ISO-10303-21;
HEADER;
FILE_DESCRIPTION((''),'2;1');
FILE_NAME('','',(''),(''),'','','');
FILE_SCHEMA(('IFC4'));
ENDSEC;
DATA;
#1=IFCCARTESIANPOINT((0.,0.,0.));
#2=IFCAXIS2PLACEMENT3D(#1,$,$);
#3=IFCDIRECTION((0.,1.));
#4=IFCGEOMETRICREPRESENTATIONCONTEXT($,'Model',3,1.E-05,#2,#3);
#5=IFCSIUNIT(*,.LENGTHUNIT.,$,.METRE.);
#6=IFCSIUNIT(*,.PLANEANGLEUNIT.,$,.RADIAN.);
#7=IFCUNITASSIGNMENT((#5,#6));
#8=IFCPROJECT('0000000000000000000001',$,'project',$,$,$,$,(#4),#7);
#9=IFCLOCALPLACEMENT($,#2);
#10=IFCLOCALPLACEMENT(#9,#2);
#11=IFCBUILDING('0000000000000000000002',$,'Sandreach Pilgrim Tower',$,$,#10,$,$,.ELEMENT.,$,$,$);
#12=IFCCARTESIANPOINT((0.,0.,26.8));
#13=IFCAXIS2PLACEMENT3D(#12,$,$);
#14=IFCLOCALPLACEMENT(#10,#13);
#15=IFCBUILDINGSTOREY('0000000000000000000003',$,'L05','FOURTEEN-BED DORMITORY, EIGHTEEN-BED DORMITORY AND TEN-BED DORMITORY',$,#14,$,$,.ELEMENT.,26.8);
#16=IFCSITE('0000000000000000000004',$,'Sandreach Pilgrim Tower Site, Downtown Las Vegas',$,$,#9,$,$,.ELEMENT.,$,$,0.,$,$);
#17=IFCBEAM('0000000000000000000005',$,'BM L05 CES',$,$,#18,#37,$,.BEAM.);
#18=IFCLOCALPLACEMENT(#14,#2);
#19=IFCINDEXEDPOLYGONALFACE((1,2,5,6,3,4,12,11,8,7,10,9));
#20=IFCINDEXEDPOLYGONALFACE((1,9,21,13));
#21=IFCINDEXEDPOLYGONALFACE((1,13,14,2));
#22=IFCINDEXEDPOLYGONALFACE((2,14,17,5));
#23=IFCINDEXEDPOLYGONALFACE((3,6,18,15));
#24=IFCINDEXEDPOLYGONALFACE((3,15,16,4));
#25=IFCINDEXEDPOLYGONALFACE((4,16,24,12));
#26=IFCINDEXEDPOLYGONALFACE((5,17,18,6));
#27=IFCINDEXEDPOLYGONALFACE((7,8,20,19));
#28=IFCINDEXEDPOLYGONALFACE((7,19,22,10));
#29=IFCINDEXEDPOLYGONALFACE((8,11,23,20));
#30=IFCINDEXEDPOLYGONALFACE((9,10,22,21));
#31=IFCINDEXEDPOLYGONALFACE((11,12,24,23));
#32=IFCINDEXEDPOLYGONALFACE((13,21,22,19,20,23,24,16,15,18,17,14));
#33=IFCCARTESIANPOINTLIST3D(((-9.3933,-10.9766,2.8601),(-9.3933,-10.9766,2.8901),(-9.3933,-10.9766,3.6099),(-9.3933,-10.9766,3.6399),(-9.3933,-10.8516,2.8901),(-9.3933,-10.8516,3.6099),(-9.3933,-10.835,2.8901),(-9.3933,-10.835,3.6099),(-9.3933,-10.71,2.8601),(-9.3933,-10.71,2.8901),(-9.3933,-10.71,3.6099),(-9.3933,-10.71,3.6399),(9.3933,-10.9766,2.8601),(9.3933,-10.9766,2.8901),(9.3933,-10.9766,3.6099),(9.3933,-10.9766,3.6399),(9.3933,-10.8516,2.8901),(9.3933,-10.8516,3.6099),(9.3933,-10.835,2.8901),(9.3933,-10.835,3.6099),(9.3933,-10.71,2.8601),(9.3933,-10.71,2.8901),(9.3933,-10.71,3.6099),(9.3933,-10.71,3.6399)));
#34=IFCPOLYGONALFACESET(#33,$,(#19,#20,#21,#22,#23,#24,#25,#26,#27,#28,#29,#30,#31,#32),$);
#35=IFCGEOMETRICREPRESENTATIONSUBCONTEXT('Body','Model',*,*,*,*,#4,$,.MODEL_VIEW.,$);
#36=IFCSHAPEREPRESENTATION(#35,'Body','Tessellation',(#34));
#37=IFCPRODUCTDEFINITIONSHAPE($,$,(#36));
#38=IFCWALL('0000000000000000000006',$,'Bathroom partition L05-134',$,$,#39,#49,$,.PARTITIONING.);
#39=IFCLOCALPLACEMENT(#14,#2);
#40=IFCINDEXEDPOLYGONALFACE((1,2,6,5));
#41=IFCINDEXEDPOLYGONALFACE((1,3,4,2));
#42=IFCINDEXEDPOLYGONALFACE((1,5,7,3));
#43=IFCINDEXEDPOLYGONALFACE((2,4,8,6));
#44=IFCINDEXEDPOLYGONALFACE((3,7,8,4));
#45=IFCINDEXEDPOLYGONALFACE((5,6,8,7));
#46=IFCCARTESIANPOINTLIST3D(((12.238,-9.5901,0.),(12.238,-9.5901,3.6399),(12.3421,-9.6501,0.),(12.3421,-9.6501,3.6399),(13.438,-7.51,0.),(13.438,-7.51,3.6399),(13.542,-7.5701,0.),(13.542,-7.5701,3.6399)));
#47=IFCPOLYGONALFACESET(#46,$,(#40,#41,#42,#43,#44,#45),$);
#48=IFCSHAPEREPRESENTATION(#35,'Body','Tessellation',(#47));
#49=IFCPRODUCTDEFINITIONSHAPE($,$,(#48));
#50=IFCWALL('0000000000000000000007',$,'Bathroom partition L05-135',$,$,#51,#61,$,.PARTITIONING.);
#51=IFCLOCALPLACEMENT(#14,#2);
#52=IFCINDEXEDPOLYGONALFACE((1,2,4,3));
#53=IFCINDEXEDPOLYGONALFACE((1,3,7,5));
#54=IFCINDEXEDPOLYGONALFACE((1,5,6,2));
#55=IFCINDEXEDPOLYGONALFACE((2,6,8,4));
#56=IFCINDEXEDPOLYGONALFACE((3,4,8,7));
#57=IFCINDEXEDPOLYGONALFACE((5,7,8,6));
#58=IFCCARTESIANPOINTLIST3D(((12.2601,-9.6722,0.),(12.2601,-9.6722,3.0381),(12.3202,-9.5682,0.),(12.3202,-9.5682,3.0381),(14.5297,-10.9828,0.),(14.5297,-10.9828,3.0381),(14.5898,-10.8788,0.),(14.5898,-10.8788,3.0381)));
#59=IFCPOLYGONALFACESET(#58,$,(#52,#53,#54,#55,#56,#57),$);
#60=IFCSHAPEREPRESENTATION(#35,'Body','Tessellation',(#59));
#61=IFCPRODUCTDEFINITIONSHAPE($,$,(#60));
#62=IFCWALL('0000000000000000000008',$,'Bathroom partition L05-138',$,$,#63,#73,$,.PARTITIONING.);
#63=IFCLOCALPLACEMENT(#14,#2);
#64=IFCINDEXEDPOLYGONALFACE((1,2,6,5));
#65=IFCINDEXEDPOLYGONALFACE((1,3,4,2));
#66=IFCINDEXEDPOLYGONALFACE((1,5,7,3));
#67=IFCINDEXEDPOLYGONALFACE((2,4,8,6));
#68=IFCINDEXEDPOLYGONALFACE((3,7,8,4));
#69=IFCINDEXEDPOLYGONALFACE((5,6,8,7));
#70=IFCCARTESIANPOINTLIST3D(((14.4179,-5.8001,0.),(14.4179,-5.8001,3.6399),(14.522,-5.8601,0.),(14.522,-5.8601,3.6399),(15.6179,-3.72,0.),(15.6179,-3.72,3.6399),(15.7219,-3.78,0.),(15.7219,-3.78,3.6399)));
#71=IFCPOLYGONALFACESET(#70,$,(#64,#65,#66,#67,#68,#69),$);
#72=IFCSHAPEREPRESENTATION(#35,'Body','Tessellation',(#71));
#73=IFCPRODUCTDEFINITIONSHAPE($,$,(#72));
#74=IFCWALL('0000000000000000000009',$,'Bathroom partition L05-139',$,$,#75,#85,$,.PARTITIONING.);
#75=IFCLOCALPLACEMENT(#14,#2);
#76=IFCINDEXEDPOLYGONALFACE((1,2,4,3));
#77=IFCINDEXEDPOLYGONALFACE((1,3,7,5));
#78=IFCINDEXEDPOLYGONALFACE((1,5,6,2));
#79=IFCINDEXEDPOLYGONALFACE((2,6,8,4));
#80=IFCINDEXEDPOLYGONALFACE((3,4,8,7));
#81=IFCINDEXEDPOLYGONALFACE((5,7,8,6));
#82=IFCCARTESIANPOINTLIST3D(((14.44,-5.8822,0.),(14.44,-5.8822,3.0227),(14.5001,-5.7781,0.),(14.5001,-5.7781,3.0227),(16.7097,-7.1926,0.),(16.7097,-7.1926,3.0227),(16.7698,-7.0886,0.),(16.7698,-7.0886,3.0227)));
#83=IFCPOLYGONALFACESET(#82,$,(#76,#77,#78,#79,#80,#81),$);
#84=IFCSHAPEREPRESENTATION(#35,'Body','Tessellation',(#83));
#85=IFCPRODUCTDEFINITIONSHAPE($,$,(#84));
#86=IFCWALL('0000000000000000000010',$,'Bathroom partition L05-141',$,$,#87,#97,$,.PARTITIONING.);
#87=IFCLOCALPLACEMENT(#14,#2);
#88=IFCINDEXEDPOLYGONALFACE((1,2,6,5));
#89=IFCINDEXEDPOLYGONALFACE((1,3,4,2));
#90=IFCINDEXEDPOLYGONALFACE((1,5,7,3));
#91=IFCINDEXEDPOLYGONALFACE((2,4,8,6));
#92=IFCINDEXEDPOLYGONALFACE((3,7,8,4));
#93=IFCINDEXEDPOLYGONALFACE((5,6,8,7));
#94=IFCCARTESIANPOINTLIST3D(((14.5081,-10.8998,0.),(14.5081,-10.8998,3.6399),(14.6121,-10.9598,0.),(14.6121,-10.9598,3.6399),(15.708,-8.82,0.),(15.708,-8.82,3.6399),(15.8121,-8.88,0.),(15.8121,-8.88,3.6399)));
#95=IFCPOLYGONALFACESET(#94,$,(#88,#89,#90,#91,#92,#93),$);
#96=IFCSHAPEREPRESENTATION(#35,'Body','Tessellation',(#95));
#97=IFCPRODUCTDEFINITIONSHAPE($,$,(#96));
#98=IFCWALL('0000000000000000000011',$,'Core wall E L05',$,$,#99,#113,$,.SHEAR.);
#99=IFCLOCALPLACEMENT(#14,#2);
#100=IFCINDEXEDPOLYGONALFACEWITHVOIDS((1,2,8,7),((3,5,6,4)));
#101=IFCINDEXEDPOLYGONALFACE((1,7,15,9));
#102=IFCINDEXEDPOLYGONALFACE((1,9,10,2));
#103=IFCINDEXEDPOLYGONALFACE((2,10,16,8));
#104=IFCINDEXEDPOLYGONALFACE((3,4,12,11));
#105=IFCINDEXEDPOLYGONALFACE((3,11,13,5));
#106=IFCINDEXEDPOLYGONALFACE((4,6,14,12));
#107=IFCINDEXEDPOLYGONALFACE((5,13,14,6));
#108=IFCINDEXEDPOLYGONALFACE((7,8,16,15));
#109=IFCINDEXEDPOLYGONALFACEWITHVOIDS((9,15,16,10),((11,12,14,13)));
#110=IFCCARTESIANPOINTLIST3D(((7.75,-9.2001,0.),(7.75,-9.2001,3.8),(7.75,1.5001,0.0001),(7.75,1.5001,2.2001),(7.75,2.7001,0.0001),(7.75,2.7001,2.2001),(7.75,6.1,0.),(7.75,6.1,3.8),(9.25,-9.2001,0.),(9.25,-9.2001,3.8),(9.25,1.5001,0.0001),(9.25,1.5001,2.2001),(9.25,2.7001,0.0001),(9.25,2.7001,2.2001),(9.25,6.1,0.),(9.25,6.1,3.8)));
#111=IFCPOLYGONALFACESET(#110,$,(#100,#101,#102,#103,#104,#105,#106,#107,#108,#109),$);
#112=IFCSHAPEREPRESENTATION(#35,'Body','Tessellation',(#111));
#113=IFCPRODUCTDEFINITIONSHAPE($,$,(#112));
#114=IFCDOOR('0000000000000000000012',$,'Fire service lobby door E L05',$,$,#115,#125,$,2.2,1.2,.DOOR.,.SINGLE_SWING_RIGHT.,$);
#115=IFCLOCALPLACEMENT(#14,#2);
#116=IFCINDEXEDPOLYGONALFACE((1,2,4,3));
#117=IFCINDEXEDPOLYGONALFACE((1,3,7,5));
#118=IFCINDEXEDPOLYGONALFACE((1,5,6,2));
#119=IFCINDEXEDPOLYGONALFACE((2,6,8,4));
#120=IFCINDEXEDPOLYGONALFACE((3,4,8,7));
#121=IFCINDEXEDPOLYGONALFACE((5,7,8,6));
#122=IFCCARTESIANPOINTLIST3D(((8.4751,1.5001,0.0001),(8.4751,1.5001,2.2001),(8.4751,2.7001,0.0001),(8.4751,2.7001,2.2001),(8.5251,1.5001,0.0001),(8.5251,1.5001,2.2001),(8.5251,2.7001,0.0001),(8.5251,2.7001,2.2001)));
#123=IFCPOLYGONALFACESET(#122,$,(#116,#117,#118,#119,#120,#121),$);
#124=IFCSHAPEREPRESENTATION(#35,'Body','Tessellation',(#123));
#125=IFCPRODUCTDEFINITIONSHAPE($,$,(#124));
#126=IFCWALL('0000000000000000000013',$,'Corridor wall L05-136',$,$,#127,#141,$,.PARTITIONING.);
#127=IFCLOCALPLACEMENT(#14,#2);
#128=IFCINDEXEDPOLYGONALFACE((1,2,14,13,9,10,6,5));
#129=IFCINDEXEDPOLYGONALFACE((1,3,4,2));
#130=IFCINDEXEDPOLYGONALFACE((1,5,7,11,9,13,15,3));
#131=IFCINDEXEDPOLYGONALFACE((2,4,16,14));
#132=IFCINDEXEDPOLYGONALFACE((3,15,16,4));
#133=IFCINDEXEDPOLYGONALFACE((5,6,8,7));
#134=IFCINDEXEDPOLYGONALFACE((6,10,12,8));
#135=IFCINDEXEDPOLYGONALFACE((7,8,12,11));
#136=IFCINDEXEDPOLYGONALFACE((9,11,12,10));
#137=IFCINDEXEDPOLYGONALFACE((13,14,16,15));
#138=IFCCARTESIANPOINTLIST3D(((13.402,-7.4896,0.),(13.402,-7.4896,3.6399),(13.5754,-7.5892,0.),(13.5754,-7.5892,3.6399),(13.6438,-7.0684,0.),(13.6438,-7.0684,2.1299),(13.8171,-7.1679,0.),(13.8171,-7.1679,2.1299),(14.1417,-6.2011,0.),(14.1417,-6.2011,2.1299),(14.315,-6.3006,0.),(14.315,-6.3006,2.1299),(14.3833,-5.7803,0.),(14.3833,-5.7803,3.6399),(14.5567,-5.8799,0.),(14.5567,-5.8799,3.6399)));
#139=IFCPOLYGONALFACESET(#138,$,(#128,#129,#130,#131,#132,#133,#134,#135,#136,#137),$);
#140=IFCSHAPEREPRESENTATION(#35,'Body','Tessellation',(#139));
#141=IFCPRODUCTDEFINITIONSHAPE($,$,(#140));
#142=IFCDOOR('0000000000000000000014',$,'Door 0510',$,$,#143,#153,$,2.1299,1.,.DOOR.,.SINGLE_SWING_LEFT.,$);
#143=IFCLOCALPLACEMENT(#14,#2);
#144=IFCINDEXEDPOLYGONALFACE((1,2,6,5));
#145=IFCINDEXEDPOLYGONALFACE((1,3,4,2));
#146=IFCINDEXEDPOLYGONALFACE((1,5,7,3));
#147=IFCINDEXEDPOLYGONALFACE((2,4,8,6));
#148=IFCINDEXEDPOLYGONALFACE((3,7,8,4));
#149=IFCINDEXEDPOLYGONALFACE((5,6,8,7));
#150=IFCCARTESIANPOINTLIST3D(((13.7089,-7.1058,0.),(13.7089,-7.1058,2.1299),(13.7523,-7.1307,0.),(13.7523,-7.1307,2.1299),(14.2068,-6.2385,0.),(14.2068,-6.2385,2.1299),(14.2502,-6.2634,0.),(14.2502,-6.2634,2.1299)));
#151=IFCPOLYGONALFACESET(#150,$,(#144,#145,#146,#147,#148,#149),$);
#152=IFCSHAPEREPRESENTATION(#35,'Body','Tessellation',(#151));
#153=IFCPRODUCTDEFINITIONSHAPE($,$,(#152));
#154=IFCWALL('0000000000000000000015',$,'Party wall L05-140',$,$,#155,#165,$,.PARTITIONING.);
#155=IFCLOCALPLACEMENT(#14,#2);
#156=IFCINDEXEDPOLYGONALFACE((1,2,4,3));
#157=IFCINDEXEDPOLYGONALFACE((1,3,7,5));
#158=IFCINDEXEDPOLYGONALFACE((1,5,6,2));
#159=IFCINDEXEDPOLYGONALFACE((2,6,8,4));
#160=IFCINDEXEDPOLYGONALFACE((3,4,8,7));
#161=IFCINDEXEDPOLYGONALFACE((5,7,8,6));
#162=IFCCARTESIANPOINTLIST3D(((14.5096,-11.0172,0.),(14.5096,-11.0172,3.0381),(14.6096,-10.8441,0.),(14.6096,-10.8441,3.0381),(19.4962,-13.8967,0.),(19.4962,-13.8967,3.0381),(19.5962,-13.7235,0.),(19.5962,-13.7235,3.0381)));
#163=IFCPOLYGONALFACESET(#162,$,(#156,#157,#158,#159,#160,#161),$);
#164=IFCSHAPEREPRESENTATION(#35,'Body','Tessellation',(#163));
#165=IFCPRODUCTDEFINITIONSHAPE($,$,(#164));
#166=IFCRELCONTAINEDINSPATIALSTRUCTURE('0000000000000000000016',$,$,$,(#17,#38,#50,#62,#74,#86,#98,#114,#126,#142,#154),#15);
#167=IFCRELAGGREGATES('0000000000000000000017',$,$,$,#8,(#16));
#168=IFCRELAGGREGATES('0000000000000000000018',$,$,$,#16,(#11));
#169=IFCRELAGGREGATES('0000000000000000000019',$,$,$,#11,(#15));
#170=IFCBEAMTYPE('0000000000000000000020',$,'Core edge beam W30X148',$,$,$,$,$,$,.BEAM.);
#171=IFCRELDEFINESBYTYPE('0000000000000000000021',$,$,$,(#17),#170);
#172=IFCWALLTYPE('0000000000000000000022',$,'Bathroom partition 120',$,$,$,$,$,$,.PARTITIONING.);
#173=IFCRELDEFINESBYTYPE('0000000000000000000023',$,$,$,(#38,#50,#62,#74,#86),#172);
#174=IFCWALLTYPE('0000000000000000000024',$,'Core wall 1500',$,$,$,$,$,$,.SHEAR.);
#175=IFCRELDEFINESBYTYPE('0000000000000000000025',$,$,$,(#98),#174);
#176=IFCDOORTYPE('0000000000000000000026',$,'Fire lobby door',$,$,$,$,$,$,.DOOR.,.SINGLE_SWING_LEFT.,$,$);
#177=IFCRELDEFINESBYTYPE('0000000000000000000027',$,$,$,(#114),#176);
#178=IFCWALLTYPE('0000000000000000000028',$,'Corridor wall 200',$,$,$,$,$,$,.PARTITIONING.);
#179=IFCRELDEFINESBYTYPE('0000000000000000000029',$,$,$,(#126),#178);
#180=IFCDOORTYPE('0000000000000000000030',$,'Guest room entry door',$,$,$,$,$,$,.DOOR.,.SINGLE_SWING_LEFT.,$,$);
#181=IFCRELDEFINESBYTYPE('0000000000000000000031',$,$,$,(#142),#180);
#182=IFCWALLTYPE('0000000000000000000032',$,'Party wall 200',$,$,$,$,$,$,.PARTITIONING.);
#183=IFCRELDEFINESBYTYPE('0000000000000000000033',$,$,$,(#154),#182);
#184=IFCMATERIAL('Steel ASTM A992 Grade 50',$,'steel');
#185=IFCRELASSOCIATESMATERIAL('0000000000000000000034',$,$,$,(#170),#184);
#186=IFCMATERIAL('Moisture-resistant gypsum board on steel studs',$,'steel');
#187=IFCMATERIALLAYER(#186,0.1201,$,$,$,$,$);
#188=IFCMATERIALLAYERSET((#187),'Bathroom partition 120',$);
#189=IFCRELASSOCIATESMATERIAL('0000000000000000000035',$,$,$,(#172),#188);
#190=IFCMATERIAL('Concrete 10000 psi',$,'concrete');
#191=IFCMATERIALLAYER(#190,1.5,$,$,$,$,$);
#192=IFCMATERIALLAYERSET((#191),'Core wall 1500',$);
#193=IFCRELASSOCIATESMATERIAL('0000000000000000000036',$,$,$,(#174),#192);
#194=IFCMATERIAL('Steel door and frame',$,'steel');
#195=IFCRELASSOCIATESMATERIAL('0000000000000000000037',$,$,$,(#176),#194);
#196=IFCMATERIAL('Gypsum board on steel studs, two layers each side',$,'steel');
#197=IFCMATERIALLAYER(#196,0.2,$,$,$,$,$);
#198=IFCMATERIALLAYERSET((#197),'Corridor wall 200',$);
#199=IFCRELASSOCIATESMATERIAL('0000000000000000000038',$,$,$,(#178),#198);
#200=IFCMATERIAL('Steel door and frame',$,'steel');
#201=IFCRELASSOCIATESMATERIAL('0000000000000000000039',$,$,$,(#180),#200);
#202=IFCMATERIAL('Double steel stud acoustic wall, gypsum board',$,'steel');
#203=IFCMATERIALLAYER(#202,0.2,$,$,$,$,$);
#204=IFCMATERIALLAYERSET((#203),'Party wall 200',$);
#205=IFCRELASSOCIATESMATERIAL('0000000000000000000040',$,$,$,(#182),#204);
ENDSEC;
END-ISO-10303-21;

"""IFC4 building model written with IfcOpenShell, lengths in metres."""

from ifc_helpers import new_model, si_unit, direction, frame, frame_2d, origin, origin_2d, place, context, subcontext, project, spatial, rectangle, i_section, extrude, material, layer, layer_set, material_profile, profile_set, type_object, element, fill, save


model = new_model("IFC4")

# Units and contexts
model_context = context("Model", 3, precision=1e-05, world=origin(), true_north=direction((0.0, 1.0)))
body_context = subcontext(model_context, "Body", "Model", "MODEL_VIEW")
ifc_project = project(units=[si_unit("LENGTHUNIT", "METRE"), si_unit("PLANEANGLEUNIT", "RADIAN")], contexts=[model_context])

# Site, building, storey
site_placement = place(None, origin())
site = spatial("IfcSite", under=ifc_project, at=site_placement, Name="Sandreach Pilgrim Tower Site, Downtown Las Vegas", CompositionType="ELEMENT", RefElevation=0.0)
building_placement = place(site_placement, origin())
building = spatial("IfcBuilding", under=site, at=building_placement, Name="Sandreach Pilgrim Tower", CompositionType="ELEMENT")
storey_placement = place(building_placement, frame((0.0, 0.0, 26.8)))
storey = spatial("IfcBuildingStorey", under=building, at=storey_placement, Name="L05", Description="FOURTEEN-BED DORMITORY, EIGHTEEN-BED DORMITORY AND TEN-BED DORMITORY", CompositionType="ELEMENT", Elevation=26.8)

# Beam
ifc_material_1 = material(Name="Steel ASTM A992 Grade 50", Category="steel")
ifc_material_profile = material_profile(ifc_material_1, i_section(OverallWidth=0.2666, OverallDepth=0.7798, WebThickness=0.0166, FlangeThickness=0.03, at=origin_2d()), Name="W30X148")
ifc_profile_set = profile_set([ifc_material_profile], Name="Steel ASTM A992 Grade 50")
beam_type = type_object("IfcBeamType", Name="Core edge beam W30X148", PredefinedType="BEAM", material=ifc_profile_set)
beam_placement = place(storey_placement, frame((9.3933, -10.8433, 3.25), z_axis=(-1.0, 0.0, 0.0), x_axis=(0.0, -1.0, 0.0)))
element("IfcBeam", 1, at=beam_placement, inside=storey, type_object=beam_type, Name="BM L05 CES", PredefinedType="BEAM", context=body_context, shape_type="SweptSolid", body=[
    extrude(i_section(OverallWidth=0.2666, OverallDepth=0.7798, WebThickness=0.0166, FlangeThickness=0.03, at=origin_2d()), origin(), (0.0, 0.0, 1.0), 18.7866),
])

# Walls
ifc_material_2 = material(Name="Moisture-resistant gypsum board on steel studs", Category="steel")
ifc_layer_1 = layer(ifc_material_2, 0.1201)
ifc_layer_set_1 = layer_set([ifc_layer_1], Name="Bathroom partition 120")
wall_type_1 = type_object("IfcWallType", Name="Bathroom partition 120", PredefinedType="PARTITIONING", material=ifc_layer_set_1)
wall_1_placement = place(storey_placement, frame((12.29, -9.6201, 0.0), z_axis=(0.0, 0.0, 1.0), x_axis=(0.499693, 0.866203, 0.0)))
element("IfcWall", 2, at=wall_1_placement, inside=storey, type_object=wall_type_1, Name="Bathroom partition L05-134", PredefinedType="PARTITIONING", context=body_context, shape_type="SweptSolid", body=[
    extrude(rectangle(XDim=2.4014, YDim=0.1201, at=frame_2d((1.2007, 0.0))), origin(), (0.0, 0.0, 1.0), 3.6399),
])
wall_2_placement = place(storey_placement, frame((12.29, -9.6201, 0.0), z_axis=(0.0, 0.0, 1.0), x_axis=(0.865987, -0.500067, 0.0)))
element("IfcWall", 3, at=wall_2_placement, inside=storey, type_object=wall_type_1, Name="Bathroom partition L05-135", PredefinedType="PARTITIONING", context=body_context, shape_type="SweptSolid", body=[
    extrude(rectangle(XDim=2.6208, YDim=0.1201, at=frame_2d((1.3105, 0.0))), origin(), (0.0, 0.0, 1.0), 3.0381),
])
wall_3_placement = place(storey_placement, frame((14.47, -5.8301, 0.0), z_axis=(0.0, 0.0, 1.0), x_axis=(0.499693, 0.866203, 0.0)))
element("IfcWall", 4, at=wall_3_placement, inside=storey, type_object=wall_type_1, Name="Bathroom partition L05-138", PredefinedType="PARTITIONING", context=body_context, shape_type="SweptSolid", body=[
    extrude(rectangle(XDim=2.4014, YDim=0.1201, at=frame_2d((1.2007, 0.0))), origin(), (0.0, 0.0, 1.0), 3.6399),
])
wall_4_placement = place(storey_placement, frame((14.47, -5.8301, 0.0), z_axis=(0.0, 0.0, 1.0), x_axis=(0.86601, -0.500026, 0.0)))
element("IfcWall", 5, at=wall_4_placement, inside=storey, type_object=wall_type_1, Name="Bathroom partition L05-139", PredefinedType="PARTITIONING", context=body_context, shape_type="SweptSolid", body=[
    extrude(rectangle(XDim=2.6208, YDim=0.1201, at=frame_2d((1.3105, 0.0))), origin(), (0.0, 0.0, 1.0), 3.0227),
])
wall_5_placement = place(storey_placement, frame((14.5601, -10.9299, 0.0), z_axis=(0.0, 0.0, 1.0), x_axis=(0.499737, 0.866177, 0.0)))
element("IfcWall", 6, at=wall_5_placement, inside=storey, type_object=wall_type_1, Name="Bathroom partition L05-141", PredefinedType="PARTITIONING", context=body_context, shape_type="SweptSolid", body=[
    extrude(rectangle(XDim=2.4011, YDim=0.1201, at=frame_2d((1.2007, 0.0))), origin(), (0.0, 0.0, 1.0), 3.6399),
])

# Walls, openings, doors
ifc_material_3 = material(Name="Concrete 10000 psi", Category="concrete")
ifc_layer_2 = layer(ifc_material_3, 1.5)
ifc_layer_set_2 = layer_set([ifc_layer_2], Name="Core wall 1500")
wall_type_2 = type_object("IfcWallType", Name="Core wall 1500", PredefinedType="SHEAR", material=ifc_layer_set_2)
wall_6_placement = place(storey_placement, frame((8.5, -9.2, 0.0), z_axis=(0.0, 0.0, 1.0), x_axis=(0.0, 1.0, 0.0)))
wall_6 = element("IfcWall", 7, at=wall_6_placement, inside=storey, type_object=wall_type_2, Name="Core wall E L05", PredefinedType="SHEAR", context=body_context, shape_type="SweptSolid", body=[
    extrude(rectangle(XDim=15.3, YDim=1.5, at=frame_2d((7.6499, 0.0))), origin(), (0.0, 0.0, 1.0), 3.8),
])
opening_1_placement = place(wall_6_placement, frame((10.7, 0.0, 0.0)))
opening_1 = element("IfcOpeningElement", 8, at=opening_1_placement, cuts=wall_6, PredefinedType="OPENING", context=body_context, shape_type="SweptSolid", body=[
    extrude(rectangle(XDim=1.2, YDim=2.2, at=frame_2d((0.6001, 1.1001))), frame((0.0, 0.75, 0.0), z_axis=(0.0, -1.0, 0.0), x_axis=(1.0, 0.0, 0.0)), (0.0, 0.0, 1.0), 1.5),
])
ifc_material_4 = material(Name="Steel door and frame", Category="steel")
door_type_1 = type_object("IfcDoorType", Name="Fire lobby door", OperationType="SINGLE_SWING_LEFT", PredefinedType="DOOR", material=ifc_material_4)
door_1_placement = place(opening_1_placement, origin())
door_1 = element("IfcDoor", 9, at=door_1_placement, inside=storey, type_object=door_type_1, Name="Fire service lobby door E L05", OperationType="SINGLE_SWING_RIGHT", OverallHeight=2.2, OverallWidth=1.2, PredefinedType="DOOR", context=body_context, shape_type="SweptSolid", body=[
    extrude(rectangle(XDim=1.2, YDim=2.2, at=frame_2d((0.6001, 1.1001))), frame((0.0, 0.0249, 0.0), z_axis=(0.0, -1.0, 0.0), x_axis=(1.0, 0.0, 0.0)), (0.0, 0.0, 1.0), 0.05),
])
fill(opening_1, door_1)
ifc_material_5 = material(Name="Gypsum board on steel studs, two layers each side", Category="steel")
ifc_layer_3 = layer(ifc_material_5, 0.2)
ifc_layer_set_3 = layer_set([ifc_layer_3], Name="Corridor wall 200")
wall_type_3 = type_object("IfcWallType", Name="Corridor wall 200", PredefinedType="PARTITIONING", material=ifc_layer_set_3)
wall_7_placement = place(storey_placement, frame((13.4888, -7.5393, 0.0), z_axis=(0.0, 0.0, 1.0), x_axis=(0.497859, 0.867258, 0.0)))
wall_7 = element("IfcWall", 10, at=wall_7_placement, inside=storey, type_object=wall_type_3, Name="Corridor wall L05-136", PredefinedType="PARTITIONING", context=body_context, shape_type="SweptSolid", body=[
    extrude(rectangle(XDim=1.9709, YDim=0.2, at=frame_2d((0.9854, 0.0))), origin(), (0.0, 0.0, 1.0), 3.6399),
])
opening_2_placement = place(wall_7_placement, frame((0.4856, 0.0, 0.0)))
opening_2 = element("IfcOpeningElement", 11, at=opening_2_placement, cuts=wall_7, PredefinedType="OPENING", context=body_context, shape_type="SweptSolid", body=[
    extrude(rectangle(XDim=1.0, YDim=2.1299, at=frame_2d((0.5, 1.0649))), frame((0.0, 0.1001, 0.0), z_axis=(0.0, -1.0, 0.0), x_axis=(1.0, 0.0, 0.0)), (0.0, 0.0, 1.0), 0.2),
])
ifc_material_6 = material(Name="Steel door and frame", Category="steel")
door_type_2 = type_object("IfcDoorType", Name="Guest room entry door", OperationType="SINGLE_SWING_LEFT", PredefinedType="DOOR", material=ifc_material_6)
door_2_placement = place(opening_2_placement, origin())
door_2 = element("IfcDoor", 12, at=door_2_placement, inside=storey, type_object=door_type_2, Name="Door 0510", OperationType="SINGLE_SWING_LEFT", OverallHeight=2.1299, OverallWidth=1.0, PredefinedType="DOOR", context=body_context, shape_type="SweptSolid", body=[
    extrude(rectangle(XDim=1.0, YDim=2.1299, at=frame_2d((0.5, 1.0649))), frame((0.0, 0.0249, 0.0), z_axis=(0.0, -1.0, 0.0), x_axis=(1.0, 0.0, 0.0)), (0.0, 0.0, 1.0), 0.05),
])
fill(opening_2, door_2)

# Wall
ifc_material_7 = material(Name="Double steel stud acoustic wall, gypsum board", Category="steel")
ifc_layer_4 = layer(ifc_material_7, 0.2)
ifc_layer_set_4 = layer_set([ifc_layer_4], Name="Party wall 200")
wall_type_4 = type_object("IfcWallType", Name="Party wall 200", PredefinedType="PARTITIONING", material=ifc_layer_set_4)
wall_8_placement = place(storey_placement, frame((14.5596, -10.9307, 0.0), z_axis=(0.0, 0.0, 1.0), x_axis=(0.865996, -0.500052, 0.0)))
element("IfcWall", 13, at=wall_8_placement, inside=storey, type_object=wall_type_4, Name="Party wall L05-140", PredefinedType="PARTITIONING", context=body_context, shape_type="SweptSolid", body=[
    extrude(rectangle(XDim=5.7583, YDim=0.2, at=frame_2d((2.8792, 0.0))), origin(), (0.0, 0.0, 1.0), 3.0381),
])

save(model, "model.ifc")
